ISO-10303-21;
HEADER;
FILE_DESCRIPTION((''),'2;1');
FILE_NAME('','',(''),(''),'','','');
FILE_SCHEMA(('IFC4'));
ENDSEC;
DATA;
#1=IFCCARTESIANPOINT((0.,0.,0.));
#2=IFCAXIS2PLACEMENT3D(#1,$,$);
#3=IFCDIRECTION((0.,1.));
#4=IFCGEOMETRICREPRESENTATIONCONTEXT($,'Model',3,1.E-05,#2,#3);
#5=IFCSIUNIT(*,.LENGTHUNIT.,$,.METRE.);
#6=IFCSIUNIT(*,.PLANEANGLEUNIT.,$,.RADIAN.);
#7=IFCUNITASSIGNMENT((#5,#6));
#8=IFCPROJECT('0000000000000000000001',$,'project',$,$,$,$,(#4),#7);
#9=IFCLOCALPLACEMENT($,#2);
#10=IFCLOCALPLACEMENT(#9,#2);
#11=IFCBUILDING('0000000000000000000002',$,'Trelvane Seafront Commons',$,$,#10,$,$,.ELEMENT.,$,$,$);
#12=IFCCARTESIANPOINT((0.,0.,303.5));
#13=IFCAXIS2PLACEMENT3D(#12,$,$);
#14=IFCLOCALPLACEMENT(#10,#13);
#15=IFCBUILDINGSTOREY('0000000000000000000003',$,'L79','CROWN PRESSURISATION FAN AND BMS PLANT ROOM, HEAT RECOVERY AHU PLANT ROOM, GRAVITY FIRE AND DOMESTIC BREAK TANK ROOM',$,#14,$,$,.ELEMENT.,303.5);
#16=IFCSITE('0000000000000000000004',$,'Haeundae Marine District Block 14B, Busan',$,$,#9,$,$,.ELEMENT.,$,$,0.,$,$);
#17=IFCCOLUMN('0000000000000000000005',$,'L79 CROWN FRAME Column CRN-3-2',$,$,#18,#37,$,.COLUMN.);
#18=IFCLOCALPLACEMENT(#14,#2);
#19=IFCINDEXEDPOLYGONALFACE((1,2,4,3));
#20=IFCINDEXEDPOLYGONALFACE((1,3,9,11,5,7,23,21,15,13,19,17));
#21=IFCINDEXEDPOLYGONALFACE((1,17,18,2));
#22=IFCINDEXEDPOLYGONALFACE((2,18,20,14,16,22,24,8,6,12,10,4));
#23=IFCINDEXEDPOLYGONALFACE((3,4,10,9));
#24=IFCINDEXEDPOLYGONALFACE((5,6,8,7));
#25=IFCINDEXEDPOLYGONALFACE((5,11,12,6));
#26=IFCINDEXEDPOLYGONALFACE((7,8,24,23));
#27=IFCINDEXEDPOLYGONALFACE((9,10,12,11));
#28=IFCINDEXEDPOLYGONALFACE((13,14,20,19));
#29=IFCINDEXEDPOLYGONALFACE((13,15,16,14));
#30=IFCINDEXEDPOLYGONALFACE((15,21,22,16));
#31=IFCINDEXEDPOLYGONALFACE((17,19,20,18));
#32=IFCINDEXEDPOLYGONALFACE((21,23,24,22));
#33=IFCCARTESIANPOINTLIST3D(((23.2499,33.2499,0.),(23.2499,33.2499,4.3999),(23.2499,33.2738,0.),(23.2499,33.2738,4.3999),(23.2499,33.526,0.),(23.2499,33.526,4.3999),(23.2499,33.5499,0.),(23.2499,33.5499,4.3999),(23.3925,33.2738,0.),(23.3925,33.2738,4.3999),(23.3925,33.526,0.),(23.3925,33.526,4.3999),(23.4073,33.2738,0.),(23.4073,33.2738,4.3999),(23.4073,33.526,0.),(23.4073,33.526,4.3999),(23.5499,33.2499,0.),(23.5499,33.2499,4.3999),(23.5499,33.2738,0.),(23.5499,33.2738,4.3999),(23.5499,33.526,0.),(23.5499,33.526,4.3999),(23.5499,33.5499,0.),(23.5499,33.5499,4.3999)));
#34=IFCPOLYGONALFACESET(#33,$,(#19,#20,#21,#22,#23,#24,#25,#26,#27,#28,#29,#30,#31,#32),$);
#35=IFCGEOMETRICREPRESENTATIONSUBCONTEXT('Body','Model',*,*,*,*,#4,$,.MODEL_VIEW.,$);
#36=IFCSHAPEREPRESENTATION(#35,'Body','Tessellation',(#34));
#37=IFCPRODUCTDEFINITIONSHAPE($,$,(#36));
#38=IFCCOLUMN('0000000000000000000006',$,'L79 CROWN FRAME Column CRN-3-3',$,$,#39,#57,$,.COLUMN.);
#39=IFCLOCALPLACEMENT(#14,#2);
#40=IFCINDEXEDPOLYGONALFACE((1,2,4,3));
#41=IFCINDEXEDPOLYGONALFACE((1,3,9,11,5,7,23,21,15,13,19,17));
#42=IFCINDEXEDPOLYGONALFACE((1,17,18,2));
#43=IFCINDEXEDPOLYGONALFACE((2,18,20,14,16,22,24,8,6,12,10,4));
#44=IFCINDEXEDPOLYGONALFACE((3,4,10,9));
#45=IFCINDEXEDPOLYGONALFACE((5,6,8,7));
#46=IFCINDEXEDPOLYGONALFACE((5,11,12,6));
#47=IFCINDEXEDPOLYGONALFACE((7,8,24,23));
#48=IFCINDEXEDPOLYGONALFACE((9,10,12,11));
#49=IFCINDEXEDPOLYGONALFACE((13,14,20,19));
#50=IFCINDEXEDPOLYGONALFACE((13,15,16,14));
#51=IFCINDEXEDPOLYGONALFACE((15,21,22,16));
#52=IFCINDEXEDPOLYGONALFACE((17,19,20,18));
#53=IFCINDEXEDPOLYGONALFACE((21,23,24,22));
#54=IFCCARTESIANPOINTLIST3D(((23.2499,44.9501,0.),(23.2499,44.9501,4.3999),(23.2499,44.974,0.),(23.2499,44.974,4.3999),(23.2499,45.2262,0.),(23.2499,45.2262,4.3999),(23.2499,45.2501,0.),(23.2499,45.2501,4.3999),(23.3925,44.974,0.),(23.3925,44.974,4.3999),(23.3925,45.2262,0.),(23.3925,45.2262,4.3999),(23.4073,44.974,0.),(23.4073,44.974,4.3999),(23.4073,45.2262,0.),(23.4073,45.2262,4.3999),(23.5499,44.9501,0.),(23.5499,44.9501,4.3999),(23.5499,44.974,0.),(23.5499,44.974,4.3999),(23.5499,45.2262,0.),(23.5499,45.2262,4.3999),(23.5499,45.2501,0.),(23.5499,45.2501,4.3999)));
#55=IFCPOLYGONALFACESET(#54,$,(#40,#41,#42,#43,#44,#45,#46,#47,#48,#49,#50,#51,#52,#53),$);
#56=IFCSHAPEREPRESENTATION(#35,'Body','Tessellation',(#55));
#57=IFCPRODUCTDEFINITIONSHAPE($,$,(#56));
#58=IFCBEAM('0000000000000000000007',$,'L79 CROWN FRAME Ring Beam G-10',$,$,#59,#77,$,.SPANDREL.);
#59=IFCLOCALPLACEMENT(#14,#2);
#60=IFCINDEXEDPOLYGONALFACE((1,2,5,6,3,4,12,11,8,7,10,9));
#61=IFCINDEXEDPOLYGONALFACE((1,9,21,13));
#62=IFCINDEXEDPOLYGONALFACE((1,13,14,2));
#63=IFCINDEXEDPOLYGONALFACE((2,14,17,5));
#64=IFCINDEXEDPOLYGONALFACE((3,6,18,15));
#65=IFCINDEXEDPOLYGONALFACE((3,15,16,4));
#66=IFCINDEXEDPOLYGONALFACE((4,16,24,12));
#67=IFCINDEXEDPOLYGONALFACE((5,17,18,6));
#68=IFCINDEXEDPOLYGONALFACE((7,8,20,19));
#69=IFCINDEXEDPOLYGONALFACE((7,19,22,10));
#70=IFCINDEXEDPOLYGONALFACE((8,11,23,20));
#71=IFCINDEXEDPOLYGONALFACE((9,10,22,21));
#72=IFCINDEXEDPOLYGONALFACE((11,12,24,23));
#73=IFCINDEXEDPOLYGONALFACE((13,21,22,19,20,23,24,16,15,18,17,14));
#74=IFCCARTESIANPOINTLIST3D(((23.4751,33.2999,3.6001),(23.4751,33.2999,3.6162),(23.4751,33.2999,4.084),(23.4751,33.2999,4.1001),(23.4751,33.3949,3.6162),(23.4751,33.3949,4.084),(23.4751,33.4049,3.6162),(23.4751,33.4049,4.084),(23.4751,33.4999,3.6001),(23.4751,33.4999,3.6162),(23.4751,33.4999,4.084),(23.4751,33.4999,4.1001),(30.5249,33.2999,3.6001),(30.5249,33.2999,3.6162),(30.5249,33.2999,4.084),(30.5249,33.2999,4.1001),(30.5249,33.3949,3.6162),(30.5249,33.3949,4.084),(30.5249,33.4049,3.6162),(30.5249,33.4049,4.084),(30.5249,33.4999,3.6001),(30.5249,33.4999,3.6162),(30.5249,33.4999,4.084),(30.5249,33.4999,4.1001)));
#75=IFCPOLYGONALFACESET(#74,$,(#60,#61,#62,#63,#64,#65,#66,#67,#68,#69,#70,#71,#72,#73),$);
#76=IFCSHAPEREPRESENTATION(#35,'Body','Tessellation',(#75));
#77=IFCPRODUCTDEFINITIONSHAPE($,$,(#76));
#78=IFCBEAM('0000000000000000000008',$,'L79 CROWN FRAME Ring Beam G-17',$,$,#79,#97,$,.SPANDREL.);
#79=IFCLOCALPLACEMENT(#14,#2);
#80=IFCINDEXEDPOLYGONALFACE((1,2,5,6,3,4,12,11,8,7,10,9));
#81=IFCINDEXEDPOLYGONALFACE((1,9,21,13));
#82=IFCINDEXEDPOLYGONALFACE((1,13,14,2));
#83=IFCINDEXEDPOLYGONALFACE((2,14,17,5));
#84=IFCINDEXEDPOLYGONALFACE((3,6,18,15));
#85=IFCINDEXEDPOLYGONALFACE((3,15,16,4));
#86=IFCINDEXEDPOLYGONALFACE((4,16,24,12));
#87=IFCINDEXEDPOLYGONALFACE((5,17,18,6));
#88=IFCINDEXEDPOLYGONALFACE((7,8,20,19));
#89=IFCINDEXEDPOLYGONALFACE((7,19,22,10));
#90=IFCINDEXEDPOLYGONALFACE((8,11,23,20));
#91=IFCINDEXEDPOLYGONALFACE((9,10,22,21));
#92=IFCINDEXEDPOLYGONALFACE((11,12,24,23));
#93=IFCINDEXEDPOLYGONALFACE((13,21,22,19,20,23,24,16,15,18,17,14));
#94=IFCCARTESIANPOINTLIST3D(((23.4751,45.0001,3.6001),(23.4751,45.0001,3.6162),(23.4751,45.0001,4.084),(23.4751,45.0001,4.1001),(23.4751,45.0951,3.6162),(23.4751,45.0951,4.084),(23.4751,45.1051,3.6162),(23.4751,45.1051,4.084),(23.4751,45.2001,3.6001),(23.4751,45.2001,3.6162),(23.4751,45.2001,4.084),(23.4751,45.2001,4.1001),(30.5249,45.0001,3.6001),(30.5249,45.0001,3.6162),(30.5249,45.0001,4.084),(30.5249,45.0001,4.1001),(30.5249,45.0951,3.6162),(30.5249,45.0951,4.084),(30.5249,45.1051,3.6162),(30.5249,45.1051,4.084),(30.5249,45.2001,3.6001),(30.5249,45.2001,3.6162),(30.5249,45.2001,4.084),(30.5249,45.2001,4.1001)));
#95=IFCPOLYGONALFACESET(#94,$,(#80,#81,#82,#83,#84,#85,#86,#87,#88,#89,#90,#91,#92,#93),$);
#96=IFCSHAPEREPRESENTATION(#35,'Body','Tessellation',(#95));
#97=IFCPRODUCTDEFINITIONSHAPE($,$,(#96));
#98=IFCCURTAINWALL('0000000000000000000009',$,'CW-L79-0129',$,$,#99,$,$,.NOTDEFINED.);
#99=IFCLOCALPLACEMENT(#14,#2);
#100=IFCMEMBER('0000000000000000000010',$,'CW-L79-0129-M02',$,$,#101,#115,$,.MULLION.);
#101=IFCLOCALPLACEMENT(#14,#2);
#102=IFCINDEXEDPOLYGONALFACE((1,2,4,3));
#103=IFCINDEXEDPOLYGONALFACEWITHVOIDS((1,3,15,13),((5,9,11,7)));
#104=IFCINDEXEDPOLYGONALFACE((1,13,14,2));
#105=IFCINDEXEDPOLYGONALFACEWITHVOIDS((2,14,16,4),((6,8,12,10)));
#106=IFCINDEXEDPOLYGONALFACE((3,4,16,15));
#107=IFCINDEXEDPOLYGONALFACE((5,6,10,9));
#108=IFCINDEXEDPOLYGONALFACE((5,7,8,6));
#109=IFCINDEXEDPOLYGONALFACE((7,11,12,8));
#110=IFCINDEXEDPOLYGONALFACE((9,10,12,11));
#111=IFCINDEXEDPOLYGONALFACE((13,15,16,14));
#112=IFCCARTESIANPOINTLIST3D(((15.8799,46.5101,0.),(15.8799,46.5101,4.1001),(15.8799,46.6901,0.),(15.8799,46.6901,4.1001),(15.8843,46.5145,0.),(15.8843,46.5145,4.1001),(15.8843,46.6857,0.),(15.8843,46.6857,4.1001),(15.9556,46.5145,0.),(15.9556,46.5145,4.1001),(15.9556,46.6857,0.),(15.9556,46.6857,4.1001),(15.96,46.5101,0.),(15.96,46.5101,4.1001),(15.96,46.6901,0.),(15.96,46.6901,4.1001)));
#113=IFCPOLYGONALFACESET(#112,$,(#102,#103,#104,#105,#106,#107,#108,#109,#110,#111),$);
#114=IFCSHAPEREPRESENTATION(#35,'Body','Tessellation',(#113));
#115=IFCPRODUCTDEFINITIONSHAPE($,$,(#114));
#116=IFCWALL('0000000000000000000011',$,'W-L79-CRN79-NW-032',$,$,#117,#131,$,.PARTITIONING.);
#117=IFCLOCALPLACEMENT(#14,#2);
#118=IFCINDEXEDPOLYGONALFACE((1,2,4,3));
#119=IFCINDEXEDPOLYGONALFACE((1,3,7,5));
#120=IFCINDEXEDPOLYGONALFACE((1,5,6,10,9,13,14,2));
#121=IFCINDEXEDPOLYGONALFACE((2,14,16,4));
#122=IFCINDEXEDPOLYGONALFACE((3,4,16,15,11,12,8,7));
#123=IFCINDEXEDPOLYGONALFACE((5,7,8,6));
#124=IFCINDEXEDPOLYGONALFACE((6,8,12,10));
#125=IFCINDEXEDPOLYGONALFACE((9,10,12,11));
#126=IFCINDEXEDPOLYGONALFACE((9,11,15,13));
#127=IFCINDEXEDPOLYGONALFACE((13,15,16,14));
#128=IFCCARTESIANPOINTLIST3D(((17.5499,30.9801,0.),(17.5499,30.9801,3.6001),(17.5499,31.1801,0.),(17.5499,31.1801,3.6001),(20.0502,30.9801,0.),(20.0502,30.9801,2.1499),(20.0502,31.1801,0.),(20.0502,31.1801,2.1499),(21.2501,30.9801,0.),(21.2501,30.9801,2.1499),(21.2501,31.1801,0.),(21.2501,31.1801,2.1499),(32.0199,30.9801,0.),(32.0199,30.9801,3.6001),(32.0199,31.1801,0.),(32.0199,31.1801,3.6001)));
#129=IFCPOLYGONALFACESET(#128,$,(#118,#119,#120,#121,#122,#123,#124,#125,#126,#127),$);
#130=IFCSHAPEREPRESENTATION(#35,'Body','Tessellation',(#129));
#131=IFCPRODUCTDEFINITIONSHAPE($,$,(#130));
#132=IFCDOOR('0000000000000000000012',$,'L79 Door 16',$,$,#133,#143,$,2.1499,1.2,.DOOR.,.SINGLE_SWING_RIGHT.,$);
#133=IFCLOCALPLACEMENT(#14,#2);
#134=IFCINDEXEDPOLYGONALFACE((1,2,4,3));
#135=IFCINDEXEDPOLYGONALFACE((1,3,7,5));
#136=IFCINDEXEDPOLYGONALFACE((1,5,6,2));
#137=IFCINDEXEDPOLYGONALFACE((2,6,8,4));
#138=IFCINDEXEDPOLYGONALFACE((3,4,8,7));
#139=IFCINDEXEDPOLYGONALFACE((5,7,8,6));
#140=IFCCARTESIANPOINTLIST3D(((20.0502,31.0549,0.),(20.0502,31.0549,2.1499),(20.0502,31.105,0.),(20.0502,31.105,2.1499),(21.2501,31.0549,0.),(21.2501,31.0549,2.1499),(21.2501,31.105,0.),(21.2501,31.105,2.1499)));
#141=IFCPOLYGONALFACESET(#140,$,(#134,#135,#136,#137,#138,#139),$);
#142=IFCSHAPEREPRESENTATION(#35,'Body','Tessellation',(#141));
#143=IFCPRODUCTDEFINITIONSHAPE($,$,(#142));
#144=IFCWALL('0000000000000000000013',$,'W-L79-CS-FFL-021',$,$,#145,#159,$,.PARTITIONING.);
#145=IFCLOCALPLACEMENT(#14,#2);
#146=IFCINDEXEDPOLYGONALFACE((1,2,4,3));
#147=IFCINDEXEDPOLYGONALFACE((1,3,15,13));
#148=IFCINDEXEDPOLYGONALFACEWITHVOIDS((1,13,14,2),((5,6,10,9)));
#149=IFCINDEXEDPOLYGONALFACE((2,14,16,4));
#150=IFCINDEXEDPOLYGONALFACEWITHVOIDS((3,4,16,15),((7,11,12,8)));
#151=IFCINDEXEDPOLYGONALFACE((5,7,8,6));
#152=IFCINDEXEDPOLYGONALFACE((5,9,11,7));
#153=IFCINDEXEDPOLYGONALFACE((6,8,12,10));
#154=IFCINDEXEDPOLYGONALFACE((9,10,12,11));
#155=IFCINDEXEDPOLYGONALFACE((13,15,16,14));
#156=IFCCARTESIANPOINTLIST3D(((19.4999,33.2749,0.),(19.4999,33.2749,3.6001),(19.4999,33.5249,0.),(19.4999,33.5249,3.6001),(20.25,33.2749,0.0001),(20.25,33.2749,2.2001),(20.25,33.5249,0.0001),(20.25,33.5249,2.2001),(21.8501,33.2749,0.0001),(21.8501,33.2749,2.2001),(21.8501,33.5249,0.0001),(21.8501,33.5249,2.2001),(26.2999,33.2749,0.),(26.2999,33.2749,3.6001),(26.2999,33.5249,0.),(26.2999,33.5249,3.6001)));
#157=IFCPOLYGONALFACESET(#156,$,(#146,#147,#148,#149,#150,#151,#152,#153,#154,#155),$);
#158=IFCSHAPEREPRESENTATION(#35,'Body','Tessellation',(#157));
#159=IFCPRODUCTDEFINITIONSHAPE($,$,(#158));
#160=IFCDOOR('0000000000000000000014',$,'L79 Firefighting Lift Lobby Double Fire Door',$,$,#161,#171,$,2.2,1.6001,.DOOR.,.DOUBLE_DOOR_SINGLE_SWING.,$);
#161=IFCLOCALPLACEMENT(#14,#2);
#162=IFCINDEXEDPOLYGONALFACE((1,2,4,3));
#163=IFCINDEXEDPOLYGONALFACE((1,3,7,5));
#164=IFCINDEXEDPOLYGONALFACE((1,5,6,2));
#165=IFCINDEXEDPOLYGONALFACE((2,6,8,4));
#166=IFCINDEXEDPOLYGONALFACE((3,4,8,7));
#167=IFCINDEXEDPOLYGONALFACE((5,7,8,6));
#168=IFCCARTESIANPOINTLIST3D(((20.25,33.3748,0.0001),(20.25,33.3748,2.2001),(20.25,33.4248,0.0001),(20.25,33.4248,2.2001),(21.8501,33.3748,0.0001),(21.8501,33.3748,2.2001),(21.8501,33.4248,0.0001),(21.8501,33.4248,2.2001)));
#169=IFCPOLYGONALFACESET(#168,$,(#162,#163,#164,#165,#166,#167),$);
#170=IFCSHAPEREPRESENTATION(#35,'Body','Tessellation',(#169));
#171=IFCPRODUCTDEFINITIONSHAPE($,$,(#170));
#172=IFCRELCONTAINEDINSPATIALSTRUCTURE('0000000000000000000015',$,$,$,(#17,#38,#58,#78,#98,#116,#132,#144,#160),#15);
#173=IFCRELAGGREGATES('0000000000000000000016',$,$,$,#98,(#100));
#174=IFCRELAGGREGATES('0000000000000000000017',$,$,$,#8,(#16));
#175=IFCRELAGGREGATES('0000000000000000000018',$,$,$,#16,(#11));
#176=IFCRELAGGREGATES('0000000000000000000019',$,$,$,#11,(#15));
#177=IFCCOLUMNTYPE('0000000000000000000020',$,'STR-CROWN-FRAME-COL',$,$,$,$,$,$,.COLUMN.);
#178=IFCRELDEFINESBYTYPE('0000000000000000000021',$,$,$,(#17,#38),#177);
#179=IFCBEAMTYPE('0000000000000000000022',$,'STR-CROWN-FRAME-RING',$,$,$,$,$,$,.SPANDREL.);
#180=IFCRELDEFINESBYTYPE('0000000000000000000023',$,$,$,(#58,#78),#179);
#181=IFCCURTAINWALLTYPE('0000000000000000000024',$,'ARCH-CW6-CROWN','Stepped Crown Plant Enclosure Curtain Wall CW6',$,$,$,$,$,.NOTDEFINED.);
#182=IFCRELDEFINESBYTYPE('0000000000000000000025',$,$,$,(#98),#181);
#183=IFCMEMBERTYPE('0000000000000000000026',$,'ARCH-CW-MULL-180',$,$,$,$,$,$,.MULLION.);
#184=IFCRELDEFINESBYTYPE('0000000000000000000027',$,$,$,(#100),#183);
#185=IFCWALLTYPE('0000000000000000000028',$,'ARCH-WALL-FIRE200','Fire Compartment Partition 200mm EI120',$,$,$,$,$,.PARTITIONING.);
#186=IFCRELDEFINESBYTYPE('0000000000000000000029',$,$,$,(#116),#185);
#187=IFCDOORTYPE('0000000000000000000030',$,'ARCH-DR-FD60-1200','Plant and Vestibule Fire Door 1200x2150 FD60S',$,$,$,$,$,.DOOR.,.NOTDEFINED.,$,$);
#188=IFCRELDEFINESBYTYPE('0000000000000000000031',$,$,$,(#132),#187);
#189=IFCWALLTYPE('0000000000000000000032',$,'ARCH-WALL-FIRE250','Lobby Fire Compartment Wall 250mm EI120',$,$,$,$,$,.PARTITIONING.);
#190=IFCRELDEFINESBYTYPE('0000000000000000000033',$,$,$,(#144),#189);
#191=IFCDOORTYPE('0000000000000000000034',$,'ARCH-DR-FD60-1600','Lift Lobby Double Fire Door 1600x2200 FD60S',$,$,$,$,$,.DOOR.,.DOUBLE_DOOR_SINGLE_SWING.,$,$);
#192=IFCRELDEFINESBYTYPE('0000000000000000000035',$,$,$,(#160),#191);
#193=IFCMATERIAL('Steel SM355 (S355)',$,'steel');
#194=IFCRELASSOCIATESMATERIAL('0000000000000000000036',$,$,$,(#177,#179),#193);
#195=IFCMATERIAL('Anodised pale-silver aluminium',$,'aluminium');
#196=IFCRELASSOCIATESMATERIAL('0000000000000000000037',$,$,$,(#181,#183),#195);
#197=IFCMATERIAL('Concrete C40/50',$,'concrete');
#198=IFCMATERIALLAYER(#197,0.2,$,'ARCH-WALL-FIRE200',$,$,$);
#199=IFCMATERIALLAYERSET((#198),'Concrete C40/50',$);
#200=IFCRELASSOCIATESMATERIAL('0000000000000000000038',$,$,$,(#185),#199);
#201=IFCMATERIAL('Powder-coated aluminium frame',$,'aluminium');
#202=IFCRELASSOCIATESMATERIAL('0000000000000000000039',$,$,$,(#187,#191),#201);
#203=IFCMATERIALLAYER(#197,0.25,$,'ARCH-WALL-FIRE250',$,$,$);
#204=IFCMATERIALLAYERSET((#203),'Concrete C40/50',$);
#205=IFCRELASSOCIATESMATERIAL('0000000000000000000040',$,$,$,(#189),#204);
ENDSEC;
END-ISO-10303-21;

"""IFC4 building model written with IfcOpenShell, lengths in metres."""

from ifc_helpers import new_model, si_unit, direction, frame, frame_2d, origin, origin_2d, place, context, subcontext, project, spatial, rectangle, hollow_rectangle, i_section, extrude, source, transform, mapped, material, layer, layer_set, material_profile, profile_set, type_object, element, fill, aggregate, save


model = new_model("IFC4")

# Units and contexts
model_context = context("Model", 3, precision=1e-05, world=origin(), true_north=direction((0.0, 1.0)))
body_context = subcontext(model_context, "Body", "Model", "MODEL_VIEW")
ifc_project = project(units=[si_unit("LENGTHUNIT", "METRE"), si_unit("PLANEANGLEUNIT", "RADIAN")], contexts=[model_context])

# Site, building, storey
site_placement = place(None, origin())
site = spatial("IfcSite", under=ifc_project, at=site_placement, Name="Haeundae Marine District Block 14B, Busan", CompositionType="ELEMENT", RefElevation=0.0)
building_placement = place(site_placement, origin())
building = spatial("IfcBuilding", under=site, at=building_placement, Name="Trelvane Seafront Commons", CompositionType="ELEMENT")
storey_placement = place(building_placement, frame((0.0, 0.0, 303.5)))
storey = spatial("IfcBuildingStorey", under=building, at=storey_placement, Name="L79", Description="CROWN PRESSURISATION FAN AND BMS PLANT ROOM, HEAT RECOVERY AHU PLANT ROOM, GRAVITY FIRE AND DOMESTIC BREAK TANK ROOM", CompositionType="ELEMENT", Elevation=303.5)

# Columns
ifc_material_1 = material(Name="Steel SM355 (S355)", Category="steel")
ifc_material_profile_1 = material_profile(ifc_material_1, i_section(OverallWidth=0.3, OverallDepth=0.3, WebThickness=0.0149, FlangeThickness=0.0239, at=origin_2d()), Name="HD-300x300x15x24")
ifc_profile_set_1 = profile_set([ifc_material_profile_1], Name="Steel SM355 (S355)")
column_type = type_object("IfcColumnType", Name="STR-CROWN-FRAME-COL", PredefinedType="COLUMN", material=ifc_profile_set_1)
shared_shape_1 = source(origin(), body_context, "Body", "SweptSolid", [
    extrude(i_section(OverallWidth=0.3, OverallDepth=0.3, WebThickness=0.0149, FlangeThickness=0.0239, at=origin_2d()), origin(), (0.0, 0.0, 1.0), 4.3999),
])
for number, where, z_axis, x_axis, name in (
    (1, (23.3999, 33.3999, 0.0), (0.0, 0.0, 1.0), (1.0, 0.0, 0.0), "L79 CROWN FRAME Column CRN-3-2"),
    (2, (23.3999, 45.1001, 0.0), (0.0, 0.0, 1.0), (1.0, 0.0, 0.0), "L79 CROWN FRAME Column CRN-3-3"),
):
    element("IfcColumn", number, at=place(storey_placement, frame(where, z_axis=z_axis, x_axis=x_axis)), inside=storey, type_object=column_type, Name=name, PredefinedType="COLUMN", context=body_context, shape_type="MappedRepresentation", body=[
        mapped(shared_shape_1, transform((0.0, 0.0, 0.0), x_axis=(1.0, 0.0, 0.0), y_axis=(0.0, 1.0, 0.0), z_axis=(0.0, 0.0, 1.0), scale=1.0)),
    ])

# Beams
ifc_material_profile_2 = material_profile(ifc_material_1, i_section(OverallWidth=0.2, OverallDepth=0.5, WebThickness=0.01, FlangeThickness=0.0161, at=origin_2d()), Name="H-500x200x10x16")
ifc_profile_set_2 = profile_set([ifc_material_profile_2], Name="Steel SM355 (S355)")
beam_type = type_object("IfcBeamType", Name="STR-CROWN-FRAME-RING", PredefinedType="SPANDREL", material=ifc_profile_set_2)
shared_shape_2 = source(origin(), body_context, "Body", "SweptSolid", [
    extrude(i_section(OverallWidth=0.2, OverallDepth=0.5, WebThickness=0.01, FlangeThickness=0.0161, at=origin_2d()), origin(), (0.0, 0.0, 1.0), 7.0498),
])
for number, where, z_axis, x_axis, name in (
    (3, (23.4751, 33.3999, 3.8501), (1.0, 0.0, 0.0), (0.0, 1.0, 0.0), "L79 CROWN FRAME Ring Beam G-10"),
    (4, (23.4751, 45.1001, 3.8501), (1.0, 0.0, 0.0), (0.0, 1.0, 0.0), "L79 CROWN FRAME Ring Beam G-17"),
):
    element("IfcBeam", number, at=place(storey_placement, frame(where, z_axis=z_axis, x_axis=x_axis)), inside=storey, type_object=beam_type, Name=name, PredefinedType="SPANDREL", context=body_context, shape_type="MappedRepresentation", body=[
        mapped(shared_shape_2, transform((0.0, 0.0, 0.0), x_axis=(1.0, 0.0, 0.0), y_axis=(0.0, 1.0, 0.0), z_axis=(0.0, 0.0, 1.0), scale=1.0)),
    ])

# Curtain wall, member
ifc_material_2 = material(Name="Anodised pale-silver aluminium", Category="aluminium")
curtain_wall_type = type_object("IfcCurtainWallType", Name="ARCH-CW6-CROWN", Description="Stepped Crown Plant Enclosure Curtain Wall CW6", PredefinedType="NOTDEFINED", material=ifc_material_2)
curtain_wall_placement = place(storey_placement, origin())
curtain_wall = element("IfcCurtainWall", 5, at=curtain_wall_placement, inside=storey, type_object=curtain_wall_type, Name="CW-L79-0129", PredefinedType="NOTDEFINED")
ifc_material_profile_3 = material_profile(ifc_material_2, hollow_rectangle(XDim=0.0801, YDim=0.1799, WallThickness=0.0044, at=origin_2d()), Name="MULL-80x180x4.5")
ifc_profile_set_3 = profile_set([ifc_material_profile_3], Name="Anodised pale-silver aluminium")
member_type = type_object("IfcMemberType", Name="ARCH-CW-MULL-180", PredefinedType="MULLION", material=ifc_profile_set_3)
shared_shape_3 = source(origin(), body_context, "Body", "SweptSolid", [
    extrude(hollow_rectangle(XDim=0.0801, YDim=0.1799, WallThickness=0.0044, at=origin_2d()), origin(), (0.0, 0.0, 1.0), 4.1001),
])
member_placement = place(storey_placement, frame((15.9199, 46.6001, 0.0), z_axis=(0.0, 0.0, 1.0), x_axis=(1.0, 0.0, 0.0)))
member = element("IfcMember", 6, at=member_placement, type_object=member_type, Name="CW-L79-0129-M02", PredefinedType="MULLION", context=body_context, shape_type="MappedRepresentation", body=[
    mapped(shared_shape_3, transform((0.0, 0.0, 0.0), x_axis=(1.0, 0.0, 0.0), y_axis=(0.0, 1.0, 0.0), z_axis=(0.0, 0.0, 1.0), scale=1.0)),
])
aggregate(curtain_wall, [member])

# Walls, openings, doors
ifc_material_3 = material(Name="Concrete C40/50", Category="concrete")
ifc_layer_1 = layer(ifc_material_3, 0.2, Name="ARCH-WALL-FIRE200")
ifc_layer_set_1 = layer_set([ifc_layer_1], Name="Concrete C40/50")
wall_type_1 = type_object("IfcWallType", Name="ARCH-WALL-FIRE200", Description="Fire Compartment Partition 200mm EI120", PredefinedType="PARTITIONING", material=ifc_layer_set_1)
wall_1_placement = place(storey_placement, frame((17.55, 31.0801, 0.0), z_axis=(0.0, 0.0, 1.0), x_axis=(1.0, 0.0, 0.0)))
wall_1 = element("IfcWall", 7, at=wall_1_placement, inside=storey, type_object=wall_type_1, Name="W-L79-CRN79-NW-032", PredefinedType="PARTITIONING", context=body_context, shape_type="SweptSolid", body=[
    extrude(rectangle(XDim=14.47, YDim=0.2, at=frame_2d((7.2349, 0.0))), origin(), (0.0, 0.0, 1.0), 3.6001),
])
opening_1_placement = place(wall_1_placement, frame((2.5, 0.0, 0.0)))
opening_1 = element("IfcOpeningElement", 8, at=opening_1_placement, cuts=wall_1, PredefinedType="OPENING", context=body_context, shape_type="SweptSolid", body=[
    extrude(rectangle(XDim=1.2, YDim=2.1499, at=frame_2d((0.6001, 1.075))), frame((0.0, 0.1099, 0.0), z_axis=(0.0, -1.0, 0.0), x_axis=(1.0, 0.0, 0.0)), (0.0, 0.0, 1.0), 0.22),
])
ifc_material_4 = material(Name="Powder-coated aluminium frame", Category="aluminium")
door_type_1 = type_object("IfcDoorType", Name="ARCH-DR-FD60-1200", Description="Plant and Vestibule Fire Door 1200x2150 FD60S", OperationType="NOTDEFINED", PredefinedType="DOOR", material=ifc_material_4)
shared_shape_4 = source(origin(), body_context, "Body", "SweptSolid", [
    extrude(rectangle(XDim=1.2, YDim=2.1499, at=frame_2d((0.6001, 1.075))), frame((0.0, 0.0249, 0.0), z_axis=(0.0, -1.0, 0.0), x_axis=(1.0, 0.0, 0.0)), (0.0, 0.0, 1.0), 0.05),
])
door_1_placement = place(opening_1_placement, origin())
door_1 = element("IfcDoor", 9, at=door_1_placement, inside=storey, type_object=door_type_1, Name="L79 Door 16", OperationType="SINGLE_SWING_RIGHT", OverallHeight=2.1499, OverallWidth=1.2, PredefinedType="DOOR", context=body_context, shape_type="MappedRepresentation", body=[
    mapped(shared_shape_4, transform((0.0, 0.0, 0.0), x_axis=(1.0, 0.0, 0.0), y_axis=(0.0, 1.0, 0.0), z_axis=(0.0, 0.0, 1.0), scale=1.0)),
])
fill(opening_1, door_1)
ifc_layer_2 = layer(ifc_material_3, 0.25, Name="ARCH-WALL-FIRE250")
ifc_layer_set_2 = layer_set([ifc_layer_2], Name="Concrete C40/50")
wall_type_2 = type_object("IfcWallType", Name="ARCH-WALL-FIRE250", Description="Lobby Fire Compartment Wall 250mm EI120", PredefinedType="PARTITIONING", material=ifc_layer_set_2)
wall_2_placement = place(storey_placement, frame((19.5, 33.3999, 0.0), z_axis=(0.0, 0.0, 1.0), x_axis=(1.0, 0.0, 0.0)))
wall_2 = element("IfcWall", 10, at=wall_2_placement, inside=storey, type_object=wall_type_2, Name="W-L79-CS-FFL-021", PredefinedType="PARTITIONING", context=body_context, shape_type="SweptSolid", body=[
    extrude(rectangle(XDim=6.8, YDim=0.25, at=frame_2d((3.3999, 0.0))), origin(), (0.0, 0.0, 1.0), 3.6001),
])
opening_2_placement = place(wall_2_placement, frame((0.75, 0.0, 0.0)))
opening_2 = element("IfcOpeningElement", 11, at=opening_2_placement, cuts=wall_2, PredefinedType="OPENING", context=body_context, shape_type="SweptSolid", body=[
    extrude(rectangle(XDim=1.6001, YDim=2.2, at=frame_2d((0.8, 1.1001))), frame((0.0, 0.135, 0.0), z_axis=(0.0, -1.0, 0.0), x_axis=(1.0, 0.0, 0.0)), (0.0, 0.0, 1.0), 0.27),
])
door_type_2 = type_object("IfcDoorType", Name="ARCH-DR-FD60-1600", Description="Lift Lobby Double Fire Door 1600x2200 FD60S", OperationType="DOUBLE_DOOR_SINGLE_SWING", PredefinedType="DOOR", material=ifc_material_4)
shared_shape_5 = source(origin(), body_context, "Body", "SweptSolid", [
    extrude(rectangle(XDim=1.6001, YDim=2.2, at=frame_2d((0.8, 1.1001))), frame((0.0, 0.0249, 0.0), z_axis=(0.0, -1.0, 0.0), x_axis=(1.0, 0.0, 0.0)), (0.0, 0.0, 1.0), 0.05),
])
door_2_placement = place(opening_2_placement, origin())
door_2 = element("IfcDoor", 12, at=door_2_placement, inside=storey, type_object=door_type_2, Name="L79 Firefighting Lift Lobby Double Fire Door", OperationType="DOUBLE_DOOR_SINGLE_SWING", OverallHeight=2.2, OverallWidth=1.6001, PredefinedType="DOOR", context=body_context, shape_type="MappedRepresentation", body=[
    mapped(shared_shape_5, transform((0.0, 0.0, 0.0), x_axis=(1.0, 0.0, 0.0), y_axis=(0.0, 1.0, 0.0), z_axis=(0.0, 0.0, 1.0), scale=1.0)),
])
fill(opening_2, door_2)

save(model, "model.ifc")
